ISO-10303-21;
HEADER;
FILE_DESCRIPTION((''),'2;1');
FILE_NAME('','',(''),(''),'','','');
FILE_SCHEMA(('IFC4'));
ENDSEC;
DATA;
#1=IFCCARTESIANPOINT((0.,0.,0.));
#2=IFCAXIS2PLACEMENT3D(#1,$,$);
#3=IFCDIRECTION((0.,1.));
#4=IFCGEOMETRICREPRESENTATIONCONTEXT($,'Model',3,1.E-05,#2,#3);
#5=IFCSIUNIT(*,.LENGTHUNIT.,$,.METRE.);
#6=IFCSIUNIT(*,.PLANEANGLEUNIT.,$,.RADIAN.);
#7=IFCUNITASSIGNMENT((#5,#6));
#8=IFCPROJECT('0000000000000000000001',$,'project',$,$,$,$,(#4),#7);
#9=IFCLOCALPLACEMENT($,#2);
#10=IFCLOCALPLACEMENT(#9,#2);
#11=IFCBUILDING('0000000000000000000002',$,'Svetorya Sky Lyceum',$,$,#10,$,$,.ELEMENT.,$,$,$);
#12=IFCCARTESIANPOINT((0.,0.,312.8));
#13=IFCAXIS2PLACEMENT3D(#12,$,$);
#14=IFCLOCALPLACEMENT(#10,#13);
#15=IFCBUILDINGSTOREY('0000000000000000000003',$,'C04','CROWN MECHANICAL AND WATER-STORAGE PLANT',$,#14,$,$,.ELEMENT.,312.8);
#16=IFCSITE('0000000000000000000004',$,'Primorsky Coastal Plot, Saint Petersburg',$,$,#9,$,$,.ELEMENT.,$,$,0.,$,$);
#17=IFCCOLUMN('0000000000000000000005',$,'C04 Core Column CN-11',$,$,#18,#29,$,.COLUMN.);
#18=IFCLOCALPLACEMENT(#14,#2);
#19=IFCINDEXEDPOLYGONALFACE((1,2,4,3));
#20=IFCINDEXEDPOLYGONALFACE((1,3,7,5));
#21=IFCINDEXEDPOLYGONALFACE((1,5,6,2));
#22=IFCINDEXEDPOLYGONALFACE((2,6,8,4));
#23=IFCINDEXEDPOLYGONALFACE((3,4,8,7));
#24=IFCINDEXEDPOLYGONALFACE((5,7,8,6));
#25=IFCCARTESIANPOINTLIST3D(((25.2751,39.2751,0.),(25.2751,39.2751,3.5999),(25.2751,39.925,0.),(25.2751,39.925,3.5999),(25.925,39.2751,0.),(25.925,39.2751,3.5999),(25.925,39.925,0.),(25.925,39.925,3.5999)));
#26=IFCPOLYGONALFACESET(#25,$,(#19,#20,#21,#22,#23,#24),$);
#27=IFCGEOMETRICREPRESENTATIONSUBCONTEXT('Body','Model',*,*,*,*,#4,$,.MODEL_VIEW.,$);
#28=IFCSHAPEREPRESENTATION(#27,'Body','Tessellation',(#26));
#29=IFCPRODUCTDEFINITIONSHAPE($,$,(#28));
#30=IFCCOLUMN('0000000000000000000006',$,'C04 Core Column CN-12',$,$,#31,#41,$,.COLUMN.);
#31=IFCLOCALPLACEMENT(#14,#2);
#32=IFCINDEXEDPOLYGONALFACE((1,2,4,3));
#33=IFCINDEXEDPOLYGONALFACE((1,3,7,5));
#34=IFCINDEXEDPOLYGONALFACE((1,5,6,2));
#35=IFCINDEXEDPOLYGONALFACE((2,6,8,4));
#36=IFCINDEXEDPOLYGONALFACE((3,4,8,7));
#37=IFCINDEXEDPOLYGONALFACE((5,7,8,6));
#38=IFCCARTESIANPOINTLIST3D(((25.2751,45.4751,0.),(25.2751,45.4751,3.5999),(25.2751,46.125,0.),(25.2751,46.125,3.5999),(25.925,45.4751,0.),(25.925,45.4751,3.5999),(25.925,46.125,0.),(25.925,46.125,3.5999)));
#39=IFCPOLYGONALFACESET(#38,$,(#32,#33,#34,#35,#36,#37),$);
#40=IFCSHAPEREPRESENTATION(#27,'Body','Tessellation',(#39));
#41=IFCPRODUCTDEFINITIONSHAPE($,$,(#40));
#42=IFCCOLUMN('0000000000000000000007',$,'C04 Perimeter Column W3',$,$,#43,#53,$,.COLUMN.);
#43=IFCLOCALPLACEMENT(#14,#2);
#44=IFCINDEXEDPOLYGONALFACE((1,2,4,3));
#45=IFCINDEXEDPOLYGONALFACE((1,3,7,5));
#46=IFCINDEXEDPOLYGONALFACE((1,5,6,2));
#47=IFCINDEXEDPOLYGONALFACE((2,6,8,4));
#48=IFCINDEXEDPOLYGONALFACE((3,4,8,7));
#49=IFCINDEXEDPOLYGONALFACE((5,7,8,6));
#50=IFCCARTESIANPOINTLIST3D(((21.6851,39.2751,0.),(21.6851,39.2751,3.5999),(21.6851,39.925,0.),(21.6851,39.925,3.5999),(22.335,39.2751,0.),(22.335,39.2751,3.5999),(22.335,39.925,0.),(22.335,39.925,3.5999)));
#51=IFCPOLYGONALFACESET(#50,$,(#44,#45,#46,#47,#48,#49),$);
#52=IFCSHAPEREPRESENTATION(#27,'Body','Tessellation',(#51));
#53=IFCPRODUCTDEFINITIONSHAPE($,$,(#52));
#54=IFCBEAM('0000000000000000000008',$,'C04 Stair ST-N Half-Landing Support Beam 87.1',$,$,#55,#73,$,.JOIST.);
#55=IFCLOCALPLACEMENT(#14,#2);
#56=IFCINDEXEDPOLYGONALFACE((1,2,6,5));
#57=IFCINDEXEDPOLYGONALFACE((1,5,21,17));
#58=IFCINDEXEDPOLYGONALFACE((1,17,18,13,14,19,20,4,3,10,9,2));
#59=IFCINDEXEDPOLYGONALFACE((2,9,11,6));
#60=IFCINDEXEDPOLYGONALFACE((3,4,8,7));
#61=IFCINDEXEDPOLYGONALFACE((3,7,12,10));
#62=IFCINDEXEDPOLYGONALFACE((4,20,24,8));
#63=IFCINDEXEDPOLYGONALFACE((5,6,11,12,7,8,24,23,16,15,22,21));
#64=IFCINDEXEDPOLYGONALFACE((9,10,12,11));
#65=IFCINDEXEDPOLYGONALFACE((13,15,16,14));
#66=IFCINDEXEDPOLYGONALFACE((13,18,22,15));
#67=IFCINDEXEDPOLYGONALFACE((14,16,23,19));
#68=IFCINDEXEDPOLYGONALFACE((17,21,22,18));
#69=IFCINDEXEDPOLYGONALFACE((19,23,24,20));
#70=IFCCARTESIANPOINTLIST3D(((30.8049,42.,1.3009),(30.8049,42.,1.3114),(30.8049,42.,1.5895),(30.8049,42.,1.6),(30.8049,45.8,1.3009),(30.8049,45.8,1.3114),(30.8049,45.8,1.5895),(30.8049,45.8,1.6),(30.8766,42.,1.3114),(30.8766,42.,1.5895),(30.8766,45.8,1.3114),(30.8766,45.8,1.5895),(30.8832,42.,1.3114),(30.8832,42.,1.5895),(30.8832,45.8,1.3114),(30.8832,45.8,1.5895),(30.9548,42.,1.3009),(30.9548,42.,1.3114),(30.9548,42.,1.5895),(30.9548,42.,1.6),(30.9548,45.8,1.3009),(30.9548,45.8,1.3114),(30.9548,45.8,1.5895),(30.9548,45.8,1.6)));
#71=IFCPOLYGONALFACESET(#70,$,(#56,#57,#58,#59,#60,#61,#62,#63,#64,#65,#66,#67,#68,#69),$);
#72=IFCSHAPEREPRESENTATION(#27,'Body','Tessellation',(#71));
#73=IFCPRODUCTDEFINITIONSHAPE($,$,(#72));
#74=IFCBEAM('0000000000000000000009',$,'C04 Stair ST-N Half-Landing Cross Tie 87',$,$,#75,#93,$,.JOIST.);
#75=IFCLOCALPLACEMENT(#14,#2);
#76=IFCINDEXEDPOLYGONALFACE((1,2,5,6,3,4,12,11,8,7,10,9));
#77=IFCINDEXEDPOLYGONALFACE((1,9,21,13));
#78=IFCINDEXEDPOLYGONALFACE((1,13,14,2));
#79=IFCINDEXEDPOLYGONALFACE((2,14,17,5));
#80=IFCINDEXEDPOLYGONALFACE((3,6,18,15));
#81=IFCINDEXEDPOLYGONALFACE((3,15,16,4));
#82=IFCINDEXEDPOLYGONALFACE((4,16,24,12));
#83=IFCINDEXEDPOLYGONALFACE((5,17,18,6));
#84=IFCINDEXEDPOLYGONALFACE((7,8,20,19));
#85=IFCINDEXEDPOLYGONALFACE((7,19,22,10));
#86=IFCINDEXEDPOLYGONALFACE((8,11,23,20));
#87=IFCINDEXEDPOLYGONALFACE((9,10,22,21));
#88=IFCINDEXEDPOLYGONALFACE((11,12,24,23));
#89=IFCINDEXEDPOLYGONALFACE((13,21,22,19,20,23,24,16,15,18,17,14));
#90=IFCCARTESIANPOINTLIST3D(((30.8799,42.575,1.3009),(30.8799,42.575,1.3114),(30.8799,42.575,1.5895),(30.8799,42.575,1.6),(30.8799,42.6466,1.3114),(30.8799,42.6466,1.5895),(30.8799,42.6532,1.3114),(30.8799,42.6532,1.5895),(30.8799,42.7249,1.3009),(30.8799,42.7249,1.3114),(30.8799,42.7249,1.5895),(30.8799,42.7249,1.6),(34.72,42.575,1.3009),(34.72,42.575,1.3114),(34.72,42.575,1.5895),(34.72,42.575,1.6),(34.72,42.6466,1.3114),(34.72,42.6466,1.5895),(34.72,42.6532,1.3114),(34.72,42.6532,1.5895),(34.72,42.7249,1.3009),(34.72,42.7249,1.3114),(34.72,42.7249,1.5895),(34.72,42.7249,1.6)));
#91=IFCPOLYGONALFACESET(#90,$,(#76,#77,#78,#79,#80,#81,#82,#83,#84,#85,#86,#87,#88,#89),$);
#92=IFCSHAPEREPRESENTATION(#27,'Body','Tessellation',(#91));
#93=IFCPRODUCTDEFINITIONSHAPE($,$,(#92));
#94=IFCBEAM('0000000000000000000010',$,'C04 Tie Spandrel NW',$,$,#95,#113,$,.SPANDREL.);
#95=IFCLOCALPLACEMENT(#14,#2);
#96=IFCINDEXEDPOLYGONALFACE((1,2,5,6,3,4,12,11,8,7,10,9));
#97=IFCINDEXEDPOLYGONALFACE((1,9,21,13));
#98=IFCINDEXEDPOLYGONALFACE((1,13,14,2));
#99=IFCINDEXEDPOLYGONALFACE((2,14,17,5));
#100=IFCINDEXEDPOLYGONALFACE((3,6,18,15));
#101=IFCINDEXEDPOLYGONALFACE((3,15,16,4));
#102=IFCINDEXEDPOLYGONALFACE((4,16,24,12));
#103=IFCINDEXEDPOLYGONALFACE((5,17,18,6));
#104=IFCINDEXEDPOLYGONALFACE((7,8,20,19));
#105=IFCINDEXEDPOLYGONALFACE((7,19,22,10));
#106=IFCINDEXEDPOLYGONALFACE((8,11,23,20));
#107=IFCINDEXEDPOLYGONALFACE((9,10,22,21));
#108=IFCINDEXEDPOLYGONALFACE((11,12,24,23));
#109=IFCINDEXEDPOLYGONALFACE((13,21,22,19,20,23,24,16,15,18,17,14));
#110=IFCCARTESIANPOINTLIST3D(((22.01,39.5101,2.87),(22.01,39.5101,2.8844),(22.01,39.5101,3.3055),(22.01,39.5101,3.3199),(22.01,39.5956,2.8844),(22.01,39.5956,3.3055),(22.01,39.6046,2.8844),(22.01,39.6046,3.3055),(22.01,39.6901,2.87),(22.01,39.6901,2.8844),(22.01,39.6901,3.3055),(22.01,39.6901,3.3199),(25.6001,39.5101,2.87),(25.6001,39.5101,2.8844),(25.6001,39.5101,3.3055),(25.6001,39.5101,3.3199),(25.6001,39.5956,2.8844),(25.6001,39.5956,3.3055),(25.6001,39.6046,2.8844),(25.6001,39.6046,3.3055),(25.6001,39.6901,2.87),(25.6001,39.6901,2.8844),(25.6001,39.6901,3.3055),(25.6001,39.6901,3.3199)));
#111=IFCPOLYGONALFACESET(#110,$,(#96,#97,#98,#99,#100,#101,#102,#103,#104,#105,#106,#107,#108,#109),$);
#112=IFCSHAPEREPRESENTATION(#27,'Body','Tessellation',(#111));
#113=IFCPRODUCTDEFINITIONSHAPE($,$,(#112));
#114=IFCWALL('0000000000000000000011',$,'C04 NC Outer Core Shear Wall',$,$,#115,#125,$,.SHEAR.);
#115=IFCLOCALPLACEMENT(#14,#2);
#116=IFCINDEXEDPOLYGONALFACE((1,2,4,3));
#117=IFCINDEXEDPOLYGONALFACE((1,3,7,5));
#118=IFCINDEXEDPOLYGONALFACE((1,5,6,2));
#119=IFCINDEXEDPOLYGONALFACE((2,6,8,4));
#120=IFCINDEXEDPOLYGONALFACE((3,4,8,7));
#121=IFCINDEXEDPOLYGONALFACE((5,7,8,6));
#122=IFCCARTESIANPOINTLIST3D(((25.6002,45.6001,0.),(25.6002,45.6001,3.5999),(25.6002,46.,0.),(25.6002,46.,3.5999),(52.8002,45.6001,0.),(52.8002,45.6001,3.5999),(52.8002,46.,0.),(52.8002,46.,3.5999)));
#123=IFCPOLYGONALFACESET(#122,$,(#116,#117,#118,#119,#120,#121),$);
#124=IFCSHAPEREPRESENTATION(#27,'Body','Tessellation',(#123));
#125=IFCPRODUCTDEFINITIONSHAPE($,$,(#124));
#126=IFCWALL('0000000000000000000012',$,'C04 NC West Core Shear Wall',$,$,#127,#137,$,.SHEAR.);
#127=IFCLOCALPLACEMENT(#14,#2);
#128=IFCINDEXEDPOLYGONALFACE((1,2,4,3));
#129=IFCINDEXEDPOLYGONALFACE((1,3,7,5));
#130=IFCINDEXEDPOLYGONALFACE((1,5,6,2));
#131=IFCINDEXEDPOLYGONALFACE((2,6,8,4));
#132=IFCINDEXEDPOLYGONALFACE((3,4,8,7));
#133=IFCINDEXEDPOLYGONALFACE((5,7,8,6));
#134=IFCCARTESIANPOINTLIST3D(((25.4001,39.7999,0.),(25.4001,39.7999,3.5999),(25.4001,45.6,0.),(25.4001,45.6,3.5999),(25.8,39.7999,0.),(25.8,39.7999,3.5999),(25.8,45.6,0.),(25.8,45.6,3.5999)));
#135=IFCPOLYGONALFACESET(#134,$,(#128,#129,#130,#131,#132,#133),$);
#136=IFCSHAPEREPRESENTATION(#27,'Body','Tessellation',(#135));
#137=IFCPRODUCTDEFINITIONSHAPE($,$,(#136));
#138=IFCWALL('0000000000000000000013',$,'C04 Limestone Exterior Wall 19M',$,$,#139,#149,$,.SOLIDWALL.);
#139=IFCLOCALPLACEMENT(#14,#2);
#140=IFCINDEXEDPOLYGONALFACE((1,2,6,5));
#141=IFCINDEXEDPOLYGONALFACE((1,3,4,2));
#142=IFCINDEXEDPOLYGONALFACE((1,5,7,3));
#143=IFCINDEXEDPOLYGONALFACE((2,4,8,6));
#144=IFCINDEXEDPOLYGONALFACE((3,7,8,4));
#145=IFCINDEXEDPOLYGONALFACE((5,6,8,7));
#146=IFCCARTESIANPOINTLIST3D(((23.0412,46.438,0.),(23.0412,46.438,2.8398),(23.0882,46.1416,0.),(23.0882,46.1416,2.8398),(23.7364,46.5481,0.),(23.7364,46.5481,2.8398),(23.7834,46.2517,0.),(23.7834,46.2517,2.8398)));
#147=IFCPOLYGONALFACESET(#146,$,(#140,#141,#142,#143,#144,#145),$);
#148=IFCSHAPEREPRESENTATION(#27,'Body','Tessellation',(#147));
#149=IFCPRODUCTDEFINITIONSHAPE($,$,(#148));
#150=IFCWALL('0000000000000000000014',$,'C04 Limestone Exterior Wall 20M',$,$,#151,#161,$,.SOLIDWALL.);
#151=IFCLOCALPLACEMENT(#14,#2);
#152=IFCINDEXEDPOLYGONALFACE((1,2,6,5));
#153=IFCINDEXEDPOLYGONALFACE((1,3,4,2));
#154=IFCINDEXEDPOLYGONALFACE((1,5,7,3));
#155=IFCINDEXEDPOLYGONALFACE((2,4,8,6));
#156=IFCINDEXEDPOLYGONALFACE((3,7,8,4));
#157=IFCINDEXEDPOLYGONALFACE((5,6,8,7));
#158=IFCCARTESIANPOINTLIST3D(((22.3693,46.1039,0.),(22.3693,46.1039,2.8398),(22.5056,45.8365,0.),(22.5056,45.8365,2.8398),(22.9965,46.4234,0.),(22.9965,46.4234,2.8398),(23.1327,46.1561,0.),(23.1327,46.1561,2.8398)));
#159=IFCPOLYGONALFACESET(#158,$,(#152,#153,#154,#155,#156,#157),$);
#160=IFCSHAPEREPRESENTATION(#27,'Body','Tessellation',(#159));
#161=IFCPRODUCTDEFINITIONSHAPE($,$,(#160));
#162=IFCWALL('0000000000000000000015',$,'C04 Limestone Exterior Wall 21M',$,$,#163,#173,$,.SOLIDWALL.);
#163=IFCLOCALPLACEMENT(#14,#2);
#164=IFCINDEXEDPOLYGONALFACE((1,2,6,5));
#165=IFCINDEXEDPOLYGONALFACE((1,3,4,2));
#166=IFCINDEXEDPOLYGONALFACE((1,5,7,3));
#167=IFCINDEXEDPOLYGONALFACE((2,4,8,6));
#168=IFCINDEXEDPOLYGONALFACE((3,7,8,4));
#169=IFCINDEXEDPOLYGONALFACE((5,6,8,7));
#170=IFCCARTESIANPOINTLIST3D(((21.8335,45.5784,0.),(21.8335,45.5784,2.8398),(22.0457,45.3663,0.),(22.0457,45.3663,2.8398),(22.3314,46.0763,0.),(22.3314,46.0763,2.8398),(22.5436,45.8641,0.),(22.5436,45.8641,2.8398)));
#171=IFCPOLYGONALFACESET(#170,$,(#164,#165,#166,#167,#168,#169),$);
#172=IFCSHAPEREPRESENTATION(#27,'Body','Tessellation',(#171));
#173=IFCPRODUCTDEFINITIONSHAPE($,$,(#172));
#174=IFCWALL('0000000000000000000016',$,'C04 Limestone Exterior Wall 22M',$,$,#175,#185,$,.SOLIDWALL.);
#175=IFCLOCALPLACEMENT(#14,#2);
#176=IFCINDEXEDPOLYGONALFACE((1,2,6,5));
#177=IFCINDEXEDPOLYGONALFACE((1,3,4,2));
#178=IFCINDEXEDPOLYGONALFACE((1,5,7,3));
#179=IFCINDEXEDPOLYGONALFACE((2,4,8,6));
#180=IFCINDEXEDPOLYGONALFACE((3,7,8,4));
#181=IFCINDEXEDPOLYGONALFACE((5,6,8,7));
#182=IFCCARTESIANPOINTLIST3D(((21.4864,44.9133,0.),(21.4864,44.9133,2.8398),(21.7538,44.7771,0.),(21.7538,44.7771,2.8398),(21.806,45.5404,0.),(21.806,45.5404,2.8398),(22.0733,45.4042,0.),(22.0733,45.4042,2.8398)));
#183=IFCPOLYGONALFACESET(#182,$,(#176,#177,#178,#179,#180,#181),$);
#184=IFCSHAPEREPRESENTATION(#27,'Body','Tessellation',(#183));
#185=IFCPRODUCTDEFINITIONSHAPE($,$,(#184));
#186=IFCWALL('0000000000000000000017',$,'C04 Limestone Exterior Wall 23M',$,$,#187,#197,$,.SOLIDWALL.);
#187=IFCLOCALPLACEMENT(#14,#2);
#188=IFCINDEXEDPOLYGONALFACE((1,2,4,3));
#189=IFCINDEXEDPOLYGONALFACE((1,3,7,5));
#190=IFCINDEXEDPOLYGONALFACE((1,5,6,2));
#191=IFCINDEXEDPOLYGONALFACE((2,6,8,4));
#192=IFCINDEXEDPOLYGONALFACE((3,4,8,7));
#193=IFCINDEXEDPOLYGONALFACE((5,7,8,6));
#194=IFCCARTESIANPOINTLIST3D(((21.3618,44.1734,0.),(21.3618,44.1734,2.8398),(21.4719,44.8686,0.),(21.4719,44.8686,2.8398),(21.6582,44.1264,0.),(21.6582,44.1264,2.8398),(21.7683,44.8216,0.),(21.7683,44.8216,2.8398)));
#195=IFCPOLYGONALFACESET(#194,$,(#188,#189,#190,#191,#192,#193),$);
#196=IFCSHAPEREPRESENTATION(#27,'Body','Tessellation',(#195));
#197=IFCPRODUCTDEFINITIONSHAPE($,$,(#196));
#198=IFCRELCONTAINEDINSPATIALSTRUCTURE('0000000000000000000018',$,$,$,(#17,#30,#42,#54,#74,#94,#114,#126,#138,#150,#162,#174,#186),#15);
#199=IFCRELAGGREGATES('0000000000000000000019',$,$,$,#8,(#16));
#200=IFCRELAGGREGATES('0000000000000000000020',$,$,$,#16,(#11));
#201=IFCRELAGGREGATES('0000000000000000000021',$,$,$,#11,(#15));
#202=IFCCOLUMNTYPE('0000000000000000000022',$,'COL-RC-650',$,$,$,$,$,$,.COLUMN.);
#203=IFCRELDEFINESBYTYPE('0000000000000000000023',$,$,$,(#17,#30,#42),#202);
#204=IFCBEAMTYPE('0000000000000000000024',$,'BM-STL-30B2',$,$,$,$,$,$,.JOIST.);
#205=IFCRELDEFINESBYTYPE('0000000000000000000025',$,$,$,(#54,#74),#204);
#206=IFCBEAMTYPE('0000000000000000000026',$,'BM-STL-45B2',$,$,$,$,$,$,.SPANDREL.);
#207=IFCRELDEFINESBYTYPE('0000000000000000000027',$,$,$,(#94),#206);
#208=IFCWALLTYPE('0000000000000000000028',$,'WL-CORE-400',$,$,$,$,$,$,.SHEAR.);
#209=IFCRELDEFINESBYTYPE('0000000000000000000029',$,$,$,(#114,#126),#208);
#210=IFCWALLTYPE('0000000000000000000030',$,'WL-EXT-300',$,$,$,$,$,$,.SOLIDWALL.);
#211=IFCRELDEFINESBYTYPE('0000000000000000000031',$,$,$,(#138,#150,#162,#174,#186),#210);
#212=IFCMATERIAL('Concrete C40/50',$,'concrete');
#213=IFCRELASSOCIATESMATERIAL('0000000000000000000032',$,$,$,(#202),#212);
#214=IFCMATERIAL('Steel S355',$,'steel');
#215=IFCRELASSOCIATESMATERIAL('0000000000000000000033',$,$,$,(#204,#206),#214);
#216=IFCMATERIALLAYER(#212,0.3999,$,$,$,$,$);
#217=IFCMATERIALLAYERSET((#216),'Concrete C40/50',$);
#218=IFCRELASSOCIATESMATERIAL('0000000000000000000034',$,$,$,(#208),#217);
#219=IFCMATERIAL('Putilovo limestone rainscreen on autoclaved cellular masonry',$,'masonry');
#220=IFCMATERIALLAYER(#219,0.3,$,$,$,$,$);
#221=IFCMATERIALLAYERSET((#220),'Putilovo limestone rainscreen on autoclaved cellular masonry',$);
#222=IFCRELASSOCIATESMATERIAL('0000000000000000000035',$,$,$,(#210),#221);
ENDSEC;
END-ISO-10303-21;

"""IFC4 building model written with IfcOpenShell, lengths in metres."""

from ifc_helpers import new_model, si_unit, direction, frame, frame_2d, origin, origin_2d, place, context, subcontext, project, spatial, rectangle, i_section, extrude, material, layer, layer_set, material_profile, profile_set, type_object, element, save


model = new_model("IFC4")

# Units and contexts
model_context = context("Model", 3, precision=1e-05, world=origin(), true_north=direction((0.0, 1.0)))
body_context = subcontext(model_context, "Body", "Model", "MODEL_VIEW")
ifc_project = project(units=[si_unit("LENGTHUNIT", "METRE"), si_unit("PLANEANGLEUNIT", "RADIAN")], contexts=[model_context])

# Site, building, storey
site_placement = place(None, origin())
site = spatial("IfcSite", under=ifc_project, at=site_placement, Name="Primorsky Coastal Plot, Saint Petersburg", CompositionType="ELEMENT", RefElevation=0.0)
building_placement = place(site_placement, origin())
building = spatial("IfcBuilding", under=site, at=building_placement, Name="Svetorya Sky Lyceum", CompositionType="ELEMENT")
storey_placement = place(building_placement, frame((0.0, 0.0, 312.8)))
storey = spatial("IfcBuildingStorey", under=building, at=storey_placement, Name="C04", Description="CROWN MECHANICAL AND WATER-STORAGE PLANT", CompositionType="ELEMENT", Elevation=312.8)

# Columns
ifc_material_1 = material(Name="Concrete C40/50", Category="concrete")
ifc_material_profile_1 = material_profile(ifc_material_1, rectangle(XDim=0.6499, YDim=0.6499, at=origin_2d()), Name="RC COL 650x650")
ifc_profile_set_1 = profile_set([ifc_material_profile_1], Name="Concrete C40/50")
column_type = type_object("IfcColumnType", Name="COL-RC-650", PredefinedType="COLUMN", material=ifc_profile_set_1)
for number, where, z_axis, x_axis, name in (
    (1, (25.6001, 39.6001, 0.0), (0.0, 0.0, 1.0), (1.0, 0.0, 0.0), "C04 Core Column CN-11"),
    (2, (25.6001, 45.8, 0.0), (0.0, 0.0, 1.0), (1.0, 0.0, 0.0), "C04 Core Column CN-12"),
    (3, (22.01, 39.6001, 0.0), (0.0, 0.0, 1.0), (1.0, 0.0, 0.0), "C04 Perimeter Column W3"),
):
    element("IfcColumn", number, at=place(storey_placement, frame(where, z_axis=z_axis, x_axis=x_axis)), inside=storey, type_object=column_type, Name=name, PredefinedType="COLUMN", context=body_context, shape_type="SweptSolid", body=[
        extrude(rectangle(XDim=0.6499, YDim=0.6499, at=origin_2d()), origin(), (0.0, 0.0, 1.0), 3.5999),
    ])

# Beams
ifc_material_2 = material(Name="Steel S355", Category="steel")
ifc_material_profile_2 = material_profile(ifc_material_2, i_section(OverallWidth=0.1499, OverallDepth=0.2991, WebThickness=0.0066, FlangeThickness=0.0105, at=origin_2d()), Name="GOST 30B2")
ifc_profile_set_2 = profile_set([ifc_material_profile_2], Name="Steel S355")
beam_type_1 = type_object("IfcBeamType", Name="BM-STL-30B2", PredefinedType="JOIST", material=ifc_profile_set_2)
beam_1_placement = place(storey_placement, frame((30.8799, 42.0, 1.4504), z_axis=(0.0, 1.0, 0.0), x_axis=(-1.0, 0.0, 0.0)))
element("IfcBeam", 4, at=beam_1_placement, inside=storey, type_object=beam_type_1, Name="C04 Stair ST-N Half-Landing Support Beam 87.1", PredefinedType="JOIST", context=body_context, shape_type="SweptSolid", body=[
    extrude(i_section(OverallWidth=0.1499, OverallDepth=0.2991, WebThickness=0.0066, FlangeThickness=0.0105, at=origin_2d()), origin(), (0.0, 0.0, 1.0), 3.8),
])
beam_2_placement = place(storey_placement, frame((30.8799, 42.6499, 1.4504), z_axis=(1.0, 0.0, 0.0), x_axis=(0.0, 1.0, 0.0)))
element("IfcBeam", 5, at=beam_2_placement, inside=storey, type_object=beam_type_1, Name="C04 Stair ST-N Half-Landing Cross Tie 87", PredefinedType="JOIST", context=body_context, shape_type="SweptSolid", body=[
    extrude(i_section(OverallWidth=0.1499, OverallDepth=0.2991, WebThickness=0.0066, FlangeThickness=0.0105, at=origin_2d()), origin(), (0.0, 0.0, 1.0), 3.8401),
])
ifc_material_profile_3 = material_profile(ifc_material_2, i_section(OverallWidth=0.1799, OverallDepth=0.45, WebThickness=0.009, FlangeThickness=0.0144, at=origin_2d()), Name="GOST 45B2")
ifc_profile_set_3 = profile_set([ifc_material_profile_3], Name="Steel S355")
beam_type_2 = type_object("IfcBeamType", Name="BM-STL-45B2", PredefinedType="SPANDREL", material=ifc_profile_set_3)
beam_3_placement = place(storey_placement, frame((22.01, 39.6001, 3.095), z_axis=(1.0, 0.0, 0.0), x_axis=(0.0, 1.0, 0.0)))
element("IfcBeam", 6, at=beam_3_placement, inside=storey, type_object=beam_type_2, Name="C04 Tie Spandrel NW", PredefinedType="SPANDREL", context=body_context, shape_type="SweptSolid", body=[
    extrude(i_section(OverallWidth=0.1799, OverallDepth=0.45, WebThickness=0.009, FlangeThickness=0.0144, at=origin_2d()), origin(), (0.0, 0.0, 1.0), 3.5901),
])

# Walls
ifc_layer_1 = layer(ifc_material_1, 0.3999)
ifc_layer_set_1 = layer_set([ifc_layer_1], Name="Concrete C40/50")
wall_type_1 = type_object("IfcWallType", Name="WL-CORE-400", PredefinedType="SHEAR", material=ifc_layer_set_1)
wall_1_placement = place(storey_placement, frame((25.6001, 45.8, 0.0), z_axis=(0.0, 0.0, 1.0), x_axis=(1.0, 0.0, 0.0)))
element("IfcWall", 7, at=wall_1_placement, inside=storey, type_object=wall_type_1, Name="C04 NC Outer Core Shear Wall", PredefinedType="SHEAR", context=body_context, shape_type="SweptSolid", body=[
    extrude(rectangle(XDim=27.2, YDim=0.3999, at=frame_2d((13.6001, 0.0))), origin(), (0.0, 0.0, 1.0), 3.5999),
])
wall_2_placement = place(storey_placement, frame((25.6001, 39.8, 0.0), z_axis=(0.0, 0.0, 1.0), x_axis=(0.0, 1.0, 0.0)))
element("IfcWall", 8, at=wall_2_placement, inside=storey, type_object=wall_type_1, Name="C04 NC West Core Shear Wall", PredefinedType="SHEAR", context=body_context, shape_type="SweptSolid", body=[
    extrude(rectangle(XDim=5.8, YDim=0.3999, at=frame_2d((2.8999, 0.0))), origin(), (0.0, 0.0, 1.0), 3.5999),
])
ifc_material_3 = material(Name="Putilovo limestone rainscreen on autoclaved cellular masonry", Category="masonry")
ifc_layer_2 = layer(ifc_material_3, 0.3)
ifc_layer_set_2 = layer_set([ifc_layer_2], Name="Putilovo limestone rainscreen on autoclaved cellular masonry")
wall_type_2 = type_object("IfcWallType", Name="WL-EXT-300", PredefinedType="SOLIDWALL", material=ifc_layer_set_2)
for number, where, z_axis, x_axis, name in (
    (9, (23.76, 46.3999, 0.0), (0.0, 0.0, 1.0), (-0.987693, -0.156408, 0.0), "C04 Limestone Exterior Wall 19M"),
    (10, (23.0647, 46.2898, 0.0), (0.0, 0.0, 1.0), (-0.891002, -0.453999, 0.0), "C04 Limestone Exterior Wall 20M"),
):
    element("IfcWall", number, at=place(storey_placement, frame(where, z_axis=z_axis, x_axis=x_axis)), inside=storey, type_object=wall_type_2, Name=name, PredefinedType="SOLIDWALL", context=body_context, shape_type="SweptSolid", body=[
        extrude(rectangle(XDim=0.7039, YDim=0.3, at=frame_2d((0.3521, 0.0))), origin(), (0.0, 0.0, 1.0), 2.8398),
    ])
wall_3_placement = place(storey_placement, frame((22.4375, 45.9702, 0.0), z_axis=(0.0, 0.0, 1.0), x_axis=(-0.707107, -0.707107, 0.0)))
element("IfcWall", 11, at=wall_3_placement, inside=storey, type_object=wall_type_2, Name="C04 Limestone Exterior Wall 21M", PredefinedType="SOLIDWALL", context=body_context, shape_type="SweptSolid", body=[
    extrude(rectangle(XDim=0.7041, YDim=0.3, at=frame_2d((0.3521, 0.0))), origin(), (0.0, 0.0, 1.0), 2.8398),
])
for number, where, z_axis, x_axis, name in (
    (12, (21.9397, 45.4724, 0.0), (0.0, 0.0, 1.0), (-0.453999, -0.891002, 0.0), "C04 Limestone Exterior Wall 22M"),
    (13, (21.6201, 44.8452, 0.0), (0.0, 0.0, 1.0), (-0.156408, -0.987693, 0.0), "C04 Limestone Exterior Wall 23M"),
):
    element("IfcWall", number, at=place(storey_placement, frame(where, z_axis=z_axis, x_axis=x_axis)), inside=storey, type_object=wall_type_2, Name=name, PredefinedType="SOLIDWALL", context=body_context, shape_type="SweptSolid", body=[
        extrude(rectangle(XDim=0.7039, YDim=0.3, at=frame_2d((0.3521, 0.0))), origin(), (0.0, 0.0, 1.0), 2.8398),
    ])

save(model, "model.ifc")
